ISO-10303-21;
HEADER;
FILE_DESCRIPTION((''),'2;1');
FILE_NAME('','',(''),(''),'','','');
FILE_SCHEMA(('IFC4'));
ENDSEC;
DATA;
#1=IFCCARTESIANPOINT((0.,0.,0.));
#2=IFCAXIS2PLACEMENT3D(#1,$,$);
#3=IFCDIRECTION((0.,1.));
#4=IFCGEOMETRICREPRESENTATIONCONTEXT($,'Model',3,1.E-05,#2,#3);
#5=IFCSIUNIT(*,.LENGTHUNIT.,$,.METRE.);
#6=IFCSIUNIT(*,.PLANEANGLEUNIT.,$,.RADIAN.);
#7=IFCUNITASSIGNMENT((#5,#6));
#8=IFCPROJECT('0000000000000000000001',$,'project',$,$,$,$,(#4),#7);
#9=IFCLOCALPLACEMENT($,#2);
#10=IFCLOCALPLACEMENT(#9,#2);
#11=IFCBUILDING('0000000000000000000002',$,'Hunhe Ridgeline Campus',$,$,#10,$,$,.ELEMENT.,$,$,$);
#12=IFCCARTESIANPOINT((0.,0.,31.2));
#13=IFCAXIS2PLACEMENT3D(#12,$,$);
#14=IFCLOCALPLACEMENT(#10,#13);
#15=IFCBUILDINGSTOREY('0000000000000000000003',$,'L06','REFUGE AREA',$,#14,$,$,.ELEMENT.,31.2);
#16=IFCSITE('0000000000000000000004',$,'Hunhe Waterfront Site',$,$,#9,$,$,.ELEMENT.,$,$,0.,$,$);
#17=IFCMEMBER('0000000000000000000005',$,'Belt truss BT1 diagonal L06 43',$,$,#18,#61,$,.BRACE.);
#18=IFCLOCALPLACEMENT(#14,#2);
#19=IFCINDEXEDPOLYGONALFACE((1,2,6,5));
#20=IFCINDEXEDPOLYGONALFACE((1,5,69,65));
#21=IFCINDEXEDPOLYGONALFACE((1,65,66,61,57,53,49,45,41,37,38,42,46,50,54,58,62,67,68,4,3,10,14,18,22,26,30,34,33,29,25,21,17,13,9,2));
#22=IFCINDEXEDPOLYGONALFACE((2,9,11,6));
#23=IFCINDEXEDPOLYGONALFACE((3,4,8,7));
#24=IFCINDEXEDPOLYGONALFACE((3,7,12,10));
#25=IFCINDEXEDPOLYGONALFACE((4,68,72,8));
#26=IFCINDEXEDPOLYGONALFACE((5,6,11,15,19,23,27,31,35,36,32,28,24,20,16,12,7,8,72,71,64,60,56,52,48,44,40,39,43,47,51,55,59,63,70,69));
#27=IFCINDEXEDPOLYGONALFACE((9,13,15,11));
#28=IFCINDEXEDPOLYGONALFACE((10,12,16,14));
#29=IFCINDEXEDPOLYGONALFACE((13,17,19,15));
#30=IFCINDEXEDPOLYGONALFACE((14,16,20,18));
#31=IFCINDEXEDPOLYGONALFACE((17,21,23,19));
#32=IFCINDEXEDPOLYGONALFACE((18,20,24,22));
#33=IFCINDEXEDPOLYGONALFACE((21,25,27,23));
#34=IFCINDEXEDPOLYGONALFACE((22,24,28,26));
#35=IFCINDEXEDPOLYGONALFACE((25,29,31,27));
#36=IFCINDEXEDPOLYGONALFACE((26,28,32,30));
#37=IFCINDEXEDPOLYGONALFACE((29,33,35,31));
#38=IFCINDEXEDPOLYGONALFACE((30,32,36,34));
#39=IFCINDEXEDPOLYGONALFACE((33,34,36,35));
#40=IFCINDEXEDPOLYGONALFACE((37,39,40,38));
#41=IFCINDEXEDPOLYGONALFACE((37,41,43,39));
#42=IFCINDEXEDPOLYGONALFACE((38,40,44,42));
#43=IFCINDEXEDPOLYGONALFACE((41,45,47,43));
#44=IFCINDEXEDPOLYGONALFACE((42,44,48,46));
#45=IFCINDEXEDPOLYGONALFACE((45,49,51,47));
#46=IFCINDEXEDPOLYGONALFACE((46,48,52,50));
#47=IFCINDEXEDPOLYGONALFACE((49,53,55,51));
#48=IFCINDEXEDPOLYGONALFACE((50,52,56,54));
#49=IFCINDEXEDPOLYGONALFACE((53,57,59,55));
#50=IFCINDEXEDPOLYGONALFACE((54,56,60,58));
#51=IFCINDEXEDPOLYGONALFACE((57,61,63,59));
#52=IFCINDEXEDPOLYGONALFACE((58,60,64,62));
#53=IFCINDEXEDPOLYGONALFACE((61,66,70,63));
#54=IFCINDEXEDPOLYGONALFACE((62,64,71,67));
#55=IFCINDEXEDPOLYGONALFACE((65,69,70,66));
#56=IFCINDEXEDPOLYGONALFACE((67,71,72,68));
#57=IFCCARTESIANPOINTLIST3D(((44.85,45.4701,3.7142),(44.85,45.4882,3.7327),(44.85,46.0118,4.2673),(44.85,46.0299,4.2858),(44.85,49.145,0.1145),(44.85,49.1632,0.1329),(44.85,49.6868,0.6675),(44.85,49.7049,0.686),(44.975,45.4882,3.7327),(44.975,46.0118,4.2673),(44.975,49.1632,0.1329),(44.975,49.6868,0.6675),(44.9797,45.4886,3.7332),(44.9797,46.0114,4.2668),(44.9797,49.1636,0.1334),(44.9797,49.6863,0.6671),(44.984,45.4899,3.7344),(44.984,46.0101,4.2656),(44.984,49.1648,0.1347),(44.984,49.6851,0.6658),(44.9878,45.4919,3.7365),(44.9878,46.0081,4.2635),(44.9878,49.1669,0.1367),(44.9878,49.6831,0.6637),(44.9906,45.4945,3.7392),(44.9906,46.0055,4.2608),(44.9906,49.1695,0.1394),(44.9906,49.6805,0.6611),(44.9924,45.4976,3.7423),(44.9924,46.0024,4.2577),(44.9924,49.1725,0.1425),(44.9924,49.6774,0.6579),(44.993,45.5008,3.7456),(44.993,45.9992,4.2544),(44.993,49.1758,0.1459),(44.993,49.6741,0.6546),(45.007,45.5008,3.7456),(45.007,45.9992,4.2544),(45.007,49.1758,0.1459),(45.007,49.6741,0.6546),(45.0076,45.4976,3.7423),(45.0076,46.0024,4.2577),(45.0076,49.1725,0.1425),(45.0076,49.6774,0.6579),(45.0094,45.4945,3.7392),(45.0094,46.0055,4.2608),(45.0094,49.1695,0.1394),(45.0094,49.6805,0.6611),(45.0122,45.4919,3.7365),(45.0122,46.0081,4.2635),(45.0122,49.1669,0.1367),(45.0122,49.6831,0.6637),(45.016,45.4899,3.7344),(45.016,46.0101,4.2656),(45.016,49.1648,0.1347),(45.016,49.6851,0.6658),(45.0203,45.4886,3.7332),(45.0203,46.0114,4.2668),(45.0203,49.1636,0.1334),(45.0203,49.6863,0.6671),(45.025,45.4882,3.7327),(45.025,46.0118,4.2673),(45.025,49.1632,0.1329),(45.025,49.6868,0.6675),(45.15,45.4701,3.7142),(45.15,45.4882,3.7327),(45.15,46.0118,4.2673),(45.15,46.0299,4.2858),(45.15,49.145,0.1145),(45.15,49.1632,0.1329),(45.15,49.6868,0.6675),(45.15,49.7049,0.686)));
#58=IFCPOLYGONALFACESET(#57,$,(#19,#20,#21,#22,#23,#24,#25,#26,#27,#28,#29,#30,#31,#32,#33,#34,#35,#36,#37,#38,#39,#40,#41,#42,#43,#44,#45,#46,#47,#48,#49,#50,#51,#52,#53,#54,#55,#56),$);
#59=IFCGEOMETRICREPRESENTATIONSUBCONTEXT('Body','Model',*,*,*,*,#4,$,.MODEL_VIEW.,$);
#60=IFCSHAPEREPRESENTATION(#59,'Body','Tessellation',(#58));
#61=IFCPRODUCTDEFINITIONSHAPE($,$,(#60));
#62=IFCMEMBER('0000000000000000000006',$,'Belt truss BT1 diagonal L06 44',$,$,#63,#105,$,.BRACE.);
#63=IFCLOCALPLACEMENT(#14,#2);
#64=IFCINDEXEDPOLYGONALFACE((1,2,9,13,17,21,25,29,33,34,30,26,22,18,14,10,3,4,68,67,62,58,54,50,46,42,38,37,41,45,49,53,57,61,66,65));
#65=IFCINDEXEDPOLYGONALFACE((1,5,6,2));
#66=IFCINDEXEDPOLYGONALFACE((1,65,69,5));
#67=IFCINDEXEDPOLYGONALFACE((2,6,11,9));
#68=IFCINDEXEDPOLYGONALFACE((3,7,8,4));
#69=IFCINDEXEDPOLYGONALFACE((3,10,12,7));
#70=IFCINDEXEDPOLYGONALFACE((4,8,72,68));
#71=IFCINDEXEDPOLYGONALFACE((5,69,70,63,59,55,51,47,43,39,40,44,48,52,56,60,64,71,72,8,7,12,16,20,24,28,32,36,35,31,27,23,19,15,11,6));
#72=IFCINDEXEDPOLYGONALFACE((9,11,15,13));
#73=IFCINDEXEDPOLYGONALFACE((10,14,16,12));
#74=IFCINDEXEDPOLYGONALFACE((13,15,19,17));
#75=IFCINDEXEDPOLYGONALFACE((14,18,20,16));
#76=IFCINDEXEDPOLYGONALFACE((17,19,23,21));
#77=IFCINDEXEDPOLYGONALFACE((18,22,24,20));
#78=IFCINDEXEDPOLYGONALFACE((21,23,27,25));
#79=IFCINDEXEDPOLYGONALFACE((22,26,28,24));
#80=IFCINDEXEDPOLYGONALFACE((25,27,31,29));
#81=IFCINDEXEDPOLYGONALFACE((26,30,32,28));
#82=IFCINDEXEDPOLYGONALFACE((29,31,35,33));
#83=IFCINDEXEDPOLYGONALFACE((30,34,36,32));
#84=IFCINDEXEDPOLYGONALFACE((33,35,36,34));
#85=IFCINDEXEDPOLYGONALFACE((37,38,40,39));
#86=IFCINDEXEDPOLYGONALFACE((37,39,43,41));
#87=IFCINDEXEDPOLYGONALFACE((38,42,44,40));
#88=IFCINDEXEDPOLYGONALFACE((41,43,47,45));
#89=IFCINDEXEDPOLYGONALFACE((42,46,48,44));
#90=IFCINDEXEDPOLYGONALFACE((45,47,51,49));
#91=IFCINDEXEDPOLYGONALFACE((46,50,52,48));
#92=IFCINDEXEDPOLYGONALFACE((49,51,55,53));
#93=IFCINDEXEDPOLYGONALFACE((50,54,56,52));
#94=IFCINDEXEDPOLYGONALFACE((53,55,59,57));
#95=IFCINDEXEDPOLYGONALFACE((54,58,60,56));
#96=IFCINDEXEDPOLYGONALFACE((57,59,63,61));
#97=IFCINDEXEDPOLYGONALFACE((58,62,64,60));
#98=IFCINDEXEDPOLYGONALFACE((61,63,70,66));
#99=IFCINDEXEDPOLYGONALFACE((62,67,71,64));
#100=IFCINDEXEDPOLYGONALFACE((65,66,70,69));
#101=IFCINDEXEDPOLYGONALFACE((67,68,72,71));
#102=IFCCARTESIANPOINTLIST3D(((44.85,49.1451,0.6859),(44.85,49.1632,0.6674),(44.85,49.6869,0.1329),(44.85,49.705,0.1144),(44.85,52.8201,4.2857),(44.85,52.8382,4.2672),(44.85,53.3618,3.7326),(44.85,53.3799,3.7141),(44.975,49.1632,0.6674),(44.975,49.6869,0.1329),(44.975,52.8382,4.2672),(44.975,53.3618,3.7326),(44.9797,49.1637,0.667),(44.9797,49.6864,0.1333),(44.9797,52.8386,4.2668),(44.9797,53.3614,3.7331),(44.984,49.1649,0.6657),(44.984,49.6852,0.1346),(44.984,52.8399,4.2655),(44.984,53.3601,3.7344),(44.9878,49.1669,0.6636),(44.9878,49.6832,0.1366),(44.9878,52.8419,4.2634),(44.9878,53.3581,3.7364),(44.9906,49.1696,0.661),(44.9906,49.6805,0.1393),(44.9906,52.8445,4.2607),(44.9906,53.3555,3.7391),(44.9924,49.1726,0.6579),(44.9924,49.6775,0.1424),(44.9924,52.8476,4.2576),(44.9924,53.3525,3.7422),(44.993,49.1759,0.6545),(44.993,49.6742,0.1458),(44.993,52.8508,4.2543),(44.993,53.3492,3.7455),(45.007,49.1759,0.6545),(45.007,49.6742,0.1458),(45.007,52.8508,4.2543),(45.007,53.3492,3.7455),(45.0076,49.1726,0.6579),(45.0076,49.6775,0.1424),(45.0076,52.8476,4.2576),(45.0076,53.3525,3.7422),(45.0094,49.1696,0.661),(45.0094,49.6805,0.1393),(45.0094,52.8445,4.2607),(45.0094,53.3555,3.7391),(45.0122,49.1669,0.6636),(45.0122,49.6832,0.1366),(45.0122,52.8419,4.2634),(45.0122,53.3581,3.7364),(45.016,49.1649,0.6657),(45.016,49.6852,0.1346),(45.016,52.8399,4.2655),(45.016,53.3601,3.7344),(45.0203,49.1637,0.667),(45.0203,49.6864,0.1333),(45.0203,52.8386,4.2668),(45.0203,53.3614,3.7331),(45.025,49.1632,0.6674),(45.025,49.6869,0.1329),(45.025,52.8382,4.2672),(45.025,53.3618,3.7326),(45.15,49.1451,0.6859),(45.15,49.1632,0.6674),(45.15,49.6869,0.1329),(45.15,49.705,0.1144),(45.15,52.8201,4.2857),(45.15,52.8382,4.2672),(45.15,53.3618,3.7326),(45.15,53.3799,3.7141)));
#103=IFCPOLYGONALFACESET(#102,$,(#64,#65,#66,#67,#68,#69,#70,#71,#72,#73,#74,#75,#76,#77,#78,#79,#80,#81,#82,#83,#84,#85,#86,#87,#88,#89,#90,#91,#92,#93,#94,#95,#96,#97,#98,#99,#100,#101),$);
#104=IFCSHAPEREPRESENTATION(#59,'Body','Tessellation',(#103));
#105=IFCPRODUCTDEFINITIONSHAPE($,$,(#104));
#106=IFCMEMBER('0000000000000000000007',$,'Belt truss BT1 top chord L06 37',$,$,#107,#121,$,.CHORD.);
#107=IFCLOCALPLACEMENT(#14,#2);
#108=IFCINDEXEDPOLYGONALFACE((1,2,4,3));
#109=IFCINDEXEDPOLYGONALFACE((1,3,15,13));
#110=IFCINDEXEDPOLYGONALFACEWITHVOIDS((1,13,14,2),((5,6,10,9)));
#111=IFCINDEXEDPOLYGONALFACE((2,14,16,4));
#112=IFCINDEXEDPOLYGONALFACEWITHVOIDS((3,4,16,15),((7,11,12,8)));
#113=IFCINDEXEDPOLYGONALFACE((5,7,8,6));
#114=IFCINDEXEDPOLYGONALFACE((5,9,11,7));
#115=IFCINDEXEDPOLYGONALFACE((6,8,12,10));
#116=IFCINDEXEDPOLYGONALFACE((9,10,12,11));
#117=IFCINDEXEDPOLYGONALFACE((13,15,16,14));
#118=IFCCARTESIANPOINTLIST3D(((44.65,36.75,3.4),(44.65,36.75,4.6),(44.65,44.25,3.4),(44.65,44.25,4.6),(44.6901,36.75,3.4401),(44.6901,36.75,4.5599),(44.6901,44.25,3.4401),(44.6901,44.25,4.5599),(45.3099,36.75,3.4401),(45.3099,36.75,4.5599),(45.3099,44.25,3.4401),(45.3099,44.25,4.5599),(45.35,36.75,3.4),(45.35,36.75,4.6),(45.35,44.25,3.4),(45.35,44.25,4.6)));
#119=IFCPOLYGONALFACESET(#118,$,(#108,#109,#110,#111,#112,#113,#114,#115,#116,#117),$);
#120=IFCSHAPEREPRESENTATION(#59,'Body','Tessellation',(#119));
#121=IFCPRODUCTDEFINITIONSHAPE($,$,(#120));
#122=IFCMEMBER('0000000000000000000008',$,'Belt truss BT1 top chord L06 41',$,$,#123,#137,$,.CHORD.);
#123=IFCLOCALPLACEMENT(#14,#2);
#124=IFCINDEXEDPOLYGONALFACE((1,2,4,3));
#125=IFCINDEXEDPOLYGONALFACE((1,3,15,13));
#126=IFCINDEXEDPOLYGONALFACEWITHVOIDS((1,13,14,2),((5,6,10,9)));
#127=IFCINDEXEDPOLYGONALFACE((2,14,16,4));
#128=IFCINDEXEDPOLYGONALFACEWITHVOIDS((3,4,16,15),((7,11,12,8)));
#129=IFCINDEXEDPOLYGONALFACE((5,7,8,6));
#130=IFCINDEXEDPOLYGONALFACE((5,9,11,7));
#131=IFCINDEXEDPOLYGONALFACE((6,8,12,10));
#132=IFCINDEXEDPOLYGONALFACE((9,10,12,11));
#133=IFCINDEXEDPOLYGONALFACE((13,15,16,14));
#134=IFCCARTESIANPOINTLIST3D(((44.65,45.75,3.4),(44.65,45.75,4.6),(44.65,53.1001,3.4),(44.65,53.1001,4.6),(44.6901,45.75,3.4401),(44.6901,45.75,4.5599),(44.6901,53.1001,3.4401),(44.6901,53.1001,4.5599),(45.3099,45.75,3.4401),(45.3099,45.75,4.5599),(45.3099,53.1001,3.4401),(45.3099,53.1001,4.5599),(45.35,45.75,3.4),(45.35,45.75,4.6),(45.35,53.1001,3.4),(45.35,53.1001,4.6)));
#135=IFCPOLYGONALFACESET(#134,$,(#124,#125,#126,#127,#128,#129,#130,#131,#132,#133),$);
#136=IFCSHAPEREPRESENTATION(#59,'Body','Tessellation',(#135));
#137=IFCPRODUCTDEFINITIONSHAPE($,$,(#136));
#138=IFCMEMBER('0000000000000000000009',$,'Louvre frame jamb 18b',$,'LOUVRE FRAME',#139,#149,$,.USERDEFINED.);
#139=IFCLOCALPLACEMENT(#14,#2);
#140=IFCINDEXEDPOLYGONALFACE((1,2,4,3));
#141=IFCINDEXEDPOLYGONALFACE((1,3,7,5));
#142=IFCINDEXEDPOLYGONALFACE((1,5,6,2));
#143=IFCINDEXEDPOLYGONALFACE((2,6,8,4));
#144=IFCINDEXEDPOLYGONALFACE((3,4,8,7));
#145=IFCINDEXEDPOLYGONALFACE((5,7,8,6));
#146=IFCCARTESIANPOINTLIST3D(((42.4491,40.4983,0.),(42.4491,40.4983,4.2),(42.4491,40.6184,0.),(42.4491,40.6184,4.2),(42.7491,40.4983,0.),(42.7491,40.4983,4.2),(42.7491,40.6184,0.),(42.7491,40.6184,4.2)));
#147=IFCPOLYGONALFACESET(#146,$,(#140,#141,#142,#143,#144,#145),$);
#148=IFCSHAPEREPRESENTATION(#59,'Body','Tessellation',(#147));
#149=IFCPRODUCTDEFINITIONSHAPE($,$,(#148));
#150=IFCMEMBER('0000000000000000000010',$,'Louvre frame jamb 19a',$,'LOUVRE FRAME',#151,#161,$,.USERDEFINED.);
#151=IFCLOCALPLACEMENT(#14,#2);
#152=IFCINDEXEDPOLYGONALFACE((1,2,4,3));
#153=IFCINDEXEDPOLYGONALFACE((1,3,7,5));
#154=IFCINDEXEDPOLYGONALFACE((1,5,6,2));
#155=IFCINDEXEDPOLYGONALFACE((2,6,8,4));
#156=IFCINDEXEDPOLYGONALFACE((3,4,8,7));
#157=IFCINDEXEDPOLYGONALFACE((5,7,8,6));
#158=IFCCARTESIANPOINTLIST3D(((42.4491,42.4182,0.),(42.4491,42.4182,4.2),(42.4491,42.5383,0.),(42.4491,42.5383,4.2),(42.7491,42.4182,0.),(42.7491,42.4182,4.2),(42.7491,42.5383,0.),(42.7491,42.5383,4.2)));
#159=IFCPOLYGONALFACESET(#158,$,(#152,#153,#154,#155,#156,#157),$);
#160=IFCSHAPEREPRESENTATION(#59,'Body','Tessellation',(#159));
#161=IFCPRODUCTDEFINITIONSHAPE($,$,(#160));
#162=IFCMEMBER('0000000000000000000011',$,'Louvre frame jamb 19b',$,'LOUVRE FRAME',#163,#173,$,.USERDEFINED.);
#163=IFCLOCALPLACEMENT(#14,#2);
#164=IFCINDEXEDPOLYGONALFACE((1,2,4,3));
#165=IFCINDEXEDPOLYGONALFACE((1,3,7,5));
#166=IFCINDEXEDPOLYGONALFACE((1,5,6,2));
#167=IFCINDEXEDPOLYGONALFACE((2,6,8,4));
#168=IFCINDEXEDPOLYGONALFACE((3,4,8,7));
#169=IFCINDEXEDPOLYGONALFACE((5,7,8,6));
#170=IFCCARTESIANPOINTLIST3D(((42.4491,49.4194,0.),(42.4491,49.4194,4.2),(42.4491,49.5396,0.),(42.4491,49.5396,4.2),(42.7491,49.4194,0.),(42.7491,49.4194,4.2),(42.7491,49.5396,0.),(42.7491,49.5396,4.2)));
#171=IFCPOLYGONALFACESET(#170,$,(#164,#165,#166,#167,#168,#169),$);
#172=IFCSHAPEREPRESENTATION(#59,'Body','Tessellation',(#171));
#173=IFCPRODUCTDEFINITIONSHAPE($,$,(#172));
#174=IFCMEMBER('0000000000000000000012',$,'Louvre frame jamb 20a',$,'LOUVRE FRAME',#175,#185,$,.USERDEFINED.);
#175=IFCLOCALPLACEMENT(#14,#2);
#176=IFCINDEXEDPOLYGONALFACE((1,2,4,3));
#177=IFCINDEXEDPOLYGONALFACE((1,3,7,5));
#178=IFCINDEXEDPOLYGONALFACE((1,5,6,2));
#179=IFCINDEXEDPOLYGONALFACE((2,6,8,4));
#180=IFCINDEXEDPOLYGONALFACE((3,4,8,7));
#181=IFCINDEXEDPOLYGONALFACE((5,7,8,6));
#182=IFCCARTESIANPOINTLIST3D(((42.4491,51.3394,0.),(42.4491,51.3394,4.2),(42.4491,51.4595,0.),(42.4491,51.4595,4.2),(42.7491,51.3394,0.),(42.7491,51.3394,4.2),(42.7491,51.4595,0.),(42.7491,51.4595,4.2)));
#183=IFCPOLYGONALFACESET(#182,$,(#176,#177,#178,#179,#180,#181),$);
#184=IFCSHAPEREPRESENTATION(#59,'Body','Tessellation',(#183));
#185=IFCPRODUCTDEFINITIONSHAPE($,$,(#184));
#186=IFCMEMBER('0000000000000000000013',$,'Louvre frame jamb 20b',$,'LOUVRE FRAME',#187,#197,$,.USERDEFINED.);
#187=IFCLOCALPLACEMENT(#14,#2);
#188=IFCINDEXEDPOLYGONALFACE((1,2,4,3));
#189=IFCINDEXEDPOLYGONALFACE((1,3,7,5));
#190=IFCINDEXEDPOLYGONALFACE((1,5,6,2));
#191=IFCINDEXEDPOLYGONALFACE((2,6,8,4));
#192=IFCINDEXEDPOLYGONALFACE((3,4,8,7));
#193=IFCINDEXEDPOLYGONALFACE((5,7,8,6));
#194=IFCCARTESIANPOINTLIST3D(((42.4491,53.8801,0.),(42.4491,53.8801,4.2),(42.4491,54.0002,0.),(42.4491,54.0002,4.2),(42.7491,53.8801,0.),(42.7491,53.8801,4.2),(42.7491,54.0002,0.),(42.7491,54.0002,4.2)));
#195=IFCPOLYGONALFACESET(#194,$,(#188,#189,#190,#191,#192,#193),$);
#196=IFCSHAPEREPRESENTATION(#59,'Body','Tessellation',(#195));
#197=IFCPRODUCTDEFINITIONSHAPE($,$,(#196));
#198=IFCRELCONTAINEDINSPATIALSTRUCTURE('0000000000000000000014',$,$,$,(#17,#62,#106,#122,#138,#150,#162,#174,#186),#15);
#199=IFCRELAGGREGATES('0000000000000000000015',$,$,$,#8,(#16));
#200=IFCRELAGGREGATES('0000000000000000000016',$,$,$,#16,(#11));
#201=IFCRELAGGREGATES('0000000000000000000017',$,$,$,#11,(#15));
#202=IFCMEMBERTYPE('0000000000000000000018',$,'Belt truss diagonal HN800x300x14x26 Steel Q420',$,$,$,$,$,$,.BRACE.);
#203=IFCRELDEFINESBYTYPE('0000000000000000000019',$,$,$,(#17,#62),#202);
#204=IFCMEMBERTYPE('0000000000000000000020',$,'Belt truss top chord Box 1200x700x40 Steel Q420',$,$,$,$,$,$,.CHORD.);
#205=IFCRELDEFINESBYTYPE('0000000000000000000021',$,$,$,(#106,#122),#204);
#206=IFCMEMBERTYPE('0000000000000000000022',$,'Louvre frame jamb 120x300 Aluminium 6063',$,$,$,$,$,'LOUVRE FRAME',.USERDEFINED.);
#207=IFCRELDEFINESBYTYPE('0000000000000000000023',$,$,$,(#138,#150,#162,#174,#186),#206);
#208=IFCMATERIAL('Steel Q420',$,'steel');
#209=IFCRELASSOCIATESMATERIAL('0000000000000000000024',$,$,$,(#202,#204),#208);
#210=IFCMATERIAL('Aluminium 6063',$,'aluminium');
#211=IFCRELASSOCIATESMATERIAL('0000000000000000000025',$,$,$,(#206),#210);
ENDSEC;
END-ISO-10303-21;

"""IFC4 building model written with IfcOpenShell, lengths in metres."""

from ifc_helpers import new_model, si_unit, direction, frame, origin, origin_2d, place, context, subcontext, project, spatial, rectangle, hollow_rectangle, i_section, extrude, material, material_profile, profile_set, type_object, element, save


model = new_model("IFC4")

# Units and contexts
model_context = context("Model", 3, precision=1e-05, world=origin(), true_north=direction((0.0, 1.0)))
body_context = subcontext(model_context, "Body", "Model", "MODEL_VIEW")
ifc_project = project(units=[si_unit("LENGTHUNIT", "METRE"), si_unit("PLANEANGLEUNIT", "RADIAN")], contexts=[model_context])

# Site, building, storey
site_placement = place(None, origin())
site = spatial("IfcSite", under=ifc_project, at=site_placement, Name="Hunhe Waterfront Site", CompositionType="ELEMENT", RefElevation=0.0)
building_placement = place(site_placement, origin())
building = spatial("IfcBuilding", under=site, at=building_placement, Name="Hunhe Ridgeline Campus", CompositionType="ELEMENT")
storey_placement = place(building_placement, frame((0.0, 0.0, 31.2)))
storey = spatial("IfcBuildingStorey", under=building, at=storey_placement, Name="L06", Description="REFUGE AREA", CompositionType="ELEMENT", Elevation=31.2)

# Members
ifc_material_1 = material(Name="Steel Q420", Category="steel")
ifc_material_profile_1 = material_profile(ifc_material_1, i_section(OverallWidth=0.3, OverallDepth=0.8, WebThickness=0.0139, FlangeThickness=0.0259, FilletRadius=0.0181, at=origin_2d()))
ifc_profile_set_1 = profile_set([ifc_material_profile_1], Name="Steel Q420")
member_type_1 = type_object("IfcMemberType", Name="Belt truss diagonal HN800x300x14x26 Steel Q420", PredefinedType="BRACE", material=ifc_profile_set_1)
for number, where, z_axis, x_axis, name in (
    (1, (45.0, 45.75, 4.0), (0.0, 0.714377, -0.699761), (-1.0, 0.0, 0.0), "Belt truss BT1 diagonal L06 43"),
    (2, (45.0, 49.425, 0.4001), (0.0, 0.714377, 0.699761), (-1.0, 0.0, 0.0), "Belt truss BT1 diagonal L06 44"),
):
    element("IfcMember", number, at=place(storey_placement, frame(where, z_axis=z_axis, x_axis=x_axis)), inside=storey, type_object=member_type_1, Name=name, PredefinedType="BRACE", context=body_context, shape_type="SweptSolid", body=[
        extrude(i_section(OverallWidth=0.3, OverallDepth=0.8, WebThickness=0.0139, FlangeThickness=0.0259, FilletRadius=0.0181, at=origin_2d()), origin(), (0.0, 0.0, 1.0), 5.1443),
    ])
ifc_material_profile_2 = material_profile(ifc_material_1, hollow_rectangle(XDim=0.7, YDim=1.2, WallThickness=0.04, at=origin_2d()))
ifc_profile_set_2 = profile_set([ifc_material_profile_2], Name="Steel Q420")
member_type_2 = type_object("IfcMemberType", Name="Belt truss top chord Box 1200x700x40 Steel Q420", PredefinedType="CHORD", material=ifc_profile_set_2)
member_1_placement = place(storey_placement, frame((45.0, 36.75, 4.0), z_axis=(0.0, 1.0, 0.0), x_axis=(-1.0, 0.0, 0.0)))
element("IfcMember", 3, at=member_1_placement, inside=storey, type_object=member_type_2, Name="Belt truss BT1 top chord L06 37", PredefinedType="CHORD", context=body_context, shape_type="SweptSolid", body=[
    extrude(hollow_rectangle(XDim=0.7, YDim=1.2, WallThickness=0.04, at=origin_2d()), origin(), (0.0, 0.0, 1.0), 7.5),
])
member_2_placement = place(storey_placement, frame((45.0, 45.75, 4.0), z_axis=(0.0, 1.0, 0.0), x_axis=(-1.0, 0.0, 0.0)))
element("IfcMember", 4, at=member_2_placement, inside=storey, type_object=member_type_2, Name="Belt truss BT1 top chord L06 41", PredefinedType="CHORD", context=body_context, shape_type="SweptSolid", body=[
    extrude(hollow_rectangle(XDim=0.7, YDim=1.2, WallThickness=0.04, at=origin_2d()), origin(), (0.0, 0.0, 1.0), 7.3501),
])
ifc_material_2 = material(Name="Aluminium 6063", Category="aluminium")
ifc_material_profile_3 = material_profile(ifc_material_2, rectangle(XDim=0.3, YDim=0.1201, at=origin_2d()))
ifc_profile_set_3 = profile_set([ifc_material_profile_3], Name="Aluminium 6063")
member_type_3 = type_object("IfcMemberType", Name="Louvre frame jamb 120x300 Aluminium 6063", ElementType="LOUVRE FRAME", PredefinedType="USERDEFINED", material=ifc_profile_set_3)
for number, where, z_axis, x_axis, name in (
    (5, (42.5991, 40.5583, 0.0), (0.0, 0.0, 1.0), (-1.0, 0.0, 0.0), "Louvre frame jamb 18b"),
    (6, (42.5991, 42.4783, 0.0), (0.0, 0.0, 1.0), (-1.0, 0.0, 0.0), "Louvre frame jamb 19a"),
    (7, (42.5991, 49.4795, 0.0), (0.0, 0.0, 1.0), (-1.0, 0.0, 0.0), "Louvre frame jamb 19b"),
    (8, (42.5991, 51.3994, 0.0), (0.0, 0.0, 1.0), (-1.0, 0.0, 0.0), "Louvre frame jamb 20a"),
    (9, (42.5991, 53.9402, 0.0), (0.0, 0.0, 1.0), (-1.0, 0.0, 0.0), "Louvre frame jamb 20b"),
):
    element("IfcMember", number, at=place(storey_placement, frame(where, z_axis=z_axis, x_axis=x_axis)), inside=storey, type_object=member_type_3, Name=name, ObjectType="LOUVRE FRAME", PredefinedType="USERDEFINED", context=body_context, shape_type="SweptSolid", body=[
        extrude(rectangle(XDim=0.3, YDim=0.1201, at=origin_2d()), origin(), (0.0, 0.0, 1.0), 4.2),
    ])

save(model, "model.ifc")
